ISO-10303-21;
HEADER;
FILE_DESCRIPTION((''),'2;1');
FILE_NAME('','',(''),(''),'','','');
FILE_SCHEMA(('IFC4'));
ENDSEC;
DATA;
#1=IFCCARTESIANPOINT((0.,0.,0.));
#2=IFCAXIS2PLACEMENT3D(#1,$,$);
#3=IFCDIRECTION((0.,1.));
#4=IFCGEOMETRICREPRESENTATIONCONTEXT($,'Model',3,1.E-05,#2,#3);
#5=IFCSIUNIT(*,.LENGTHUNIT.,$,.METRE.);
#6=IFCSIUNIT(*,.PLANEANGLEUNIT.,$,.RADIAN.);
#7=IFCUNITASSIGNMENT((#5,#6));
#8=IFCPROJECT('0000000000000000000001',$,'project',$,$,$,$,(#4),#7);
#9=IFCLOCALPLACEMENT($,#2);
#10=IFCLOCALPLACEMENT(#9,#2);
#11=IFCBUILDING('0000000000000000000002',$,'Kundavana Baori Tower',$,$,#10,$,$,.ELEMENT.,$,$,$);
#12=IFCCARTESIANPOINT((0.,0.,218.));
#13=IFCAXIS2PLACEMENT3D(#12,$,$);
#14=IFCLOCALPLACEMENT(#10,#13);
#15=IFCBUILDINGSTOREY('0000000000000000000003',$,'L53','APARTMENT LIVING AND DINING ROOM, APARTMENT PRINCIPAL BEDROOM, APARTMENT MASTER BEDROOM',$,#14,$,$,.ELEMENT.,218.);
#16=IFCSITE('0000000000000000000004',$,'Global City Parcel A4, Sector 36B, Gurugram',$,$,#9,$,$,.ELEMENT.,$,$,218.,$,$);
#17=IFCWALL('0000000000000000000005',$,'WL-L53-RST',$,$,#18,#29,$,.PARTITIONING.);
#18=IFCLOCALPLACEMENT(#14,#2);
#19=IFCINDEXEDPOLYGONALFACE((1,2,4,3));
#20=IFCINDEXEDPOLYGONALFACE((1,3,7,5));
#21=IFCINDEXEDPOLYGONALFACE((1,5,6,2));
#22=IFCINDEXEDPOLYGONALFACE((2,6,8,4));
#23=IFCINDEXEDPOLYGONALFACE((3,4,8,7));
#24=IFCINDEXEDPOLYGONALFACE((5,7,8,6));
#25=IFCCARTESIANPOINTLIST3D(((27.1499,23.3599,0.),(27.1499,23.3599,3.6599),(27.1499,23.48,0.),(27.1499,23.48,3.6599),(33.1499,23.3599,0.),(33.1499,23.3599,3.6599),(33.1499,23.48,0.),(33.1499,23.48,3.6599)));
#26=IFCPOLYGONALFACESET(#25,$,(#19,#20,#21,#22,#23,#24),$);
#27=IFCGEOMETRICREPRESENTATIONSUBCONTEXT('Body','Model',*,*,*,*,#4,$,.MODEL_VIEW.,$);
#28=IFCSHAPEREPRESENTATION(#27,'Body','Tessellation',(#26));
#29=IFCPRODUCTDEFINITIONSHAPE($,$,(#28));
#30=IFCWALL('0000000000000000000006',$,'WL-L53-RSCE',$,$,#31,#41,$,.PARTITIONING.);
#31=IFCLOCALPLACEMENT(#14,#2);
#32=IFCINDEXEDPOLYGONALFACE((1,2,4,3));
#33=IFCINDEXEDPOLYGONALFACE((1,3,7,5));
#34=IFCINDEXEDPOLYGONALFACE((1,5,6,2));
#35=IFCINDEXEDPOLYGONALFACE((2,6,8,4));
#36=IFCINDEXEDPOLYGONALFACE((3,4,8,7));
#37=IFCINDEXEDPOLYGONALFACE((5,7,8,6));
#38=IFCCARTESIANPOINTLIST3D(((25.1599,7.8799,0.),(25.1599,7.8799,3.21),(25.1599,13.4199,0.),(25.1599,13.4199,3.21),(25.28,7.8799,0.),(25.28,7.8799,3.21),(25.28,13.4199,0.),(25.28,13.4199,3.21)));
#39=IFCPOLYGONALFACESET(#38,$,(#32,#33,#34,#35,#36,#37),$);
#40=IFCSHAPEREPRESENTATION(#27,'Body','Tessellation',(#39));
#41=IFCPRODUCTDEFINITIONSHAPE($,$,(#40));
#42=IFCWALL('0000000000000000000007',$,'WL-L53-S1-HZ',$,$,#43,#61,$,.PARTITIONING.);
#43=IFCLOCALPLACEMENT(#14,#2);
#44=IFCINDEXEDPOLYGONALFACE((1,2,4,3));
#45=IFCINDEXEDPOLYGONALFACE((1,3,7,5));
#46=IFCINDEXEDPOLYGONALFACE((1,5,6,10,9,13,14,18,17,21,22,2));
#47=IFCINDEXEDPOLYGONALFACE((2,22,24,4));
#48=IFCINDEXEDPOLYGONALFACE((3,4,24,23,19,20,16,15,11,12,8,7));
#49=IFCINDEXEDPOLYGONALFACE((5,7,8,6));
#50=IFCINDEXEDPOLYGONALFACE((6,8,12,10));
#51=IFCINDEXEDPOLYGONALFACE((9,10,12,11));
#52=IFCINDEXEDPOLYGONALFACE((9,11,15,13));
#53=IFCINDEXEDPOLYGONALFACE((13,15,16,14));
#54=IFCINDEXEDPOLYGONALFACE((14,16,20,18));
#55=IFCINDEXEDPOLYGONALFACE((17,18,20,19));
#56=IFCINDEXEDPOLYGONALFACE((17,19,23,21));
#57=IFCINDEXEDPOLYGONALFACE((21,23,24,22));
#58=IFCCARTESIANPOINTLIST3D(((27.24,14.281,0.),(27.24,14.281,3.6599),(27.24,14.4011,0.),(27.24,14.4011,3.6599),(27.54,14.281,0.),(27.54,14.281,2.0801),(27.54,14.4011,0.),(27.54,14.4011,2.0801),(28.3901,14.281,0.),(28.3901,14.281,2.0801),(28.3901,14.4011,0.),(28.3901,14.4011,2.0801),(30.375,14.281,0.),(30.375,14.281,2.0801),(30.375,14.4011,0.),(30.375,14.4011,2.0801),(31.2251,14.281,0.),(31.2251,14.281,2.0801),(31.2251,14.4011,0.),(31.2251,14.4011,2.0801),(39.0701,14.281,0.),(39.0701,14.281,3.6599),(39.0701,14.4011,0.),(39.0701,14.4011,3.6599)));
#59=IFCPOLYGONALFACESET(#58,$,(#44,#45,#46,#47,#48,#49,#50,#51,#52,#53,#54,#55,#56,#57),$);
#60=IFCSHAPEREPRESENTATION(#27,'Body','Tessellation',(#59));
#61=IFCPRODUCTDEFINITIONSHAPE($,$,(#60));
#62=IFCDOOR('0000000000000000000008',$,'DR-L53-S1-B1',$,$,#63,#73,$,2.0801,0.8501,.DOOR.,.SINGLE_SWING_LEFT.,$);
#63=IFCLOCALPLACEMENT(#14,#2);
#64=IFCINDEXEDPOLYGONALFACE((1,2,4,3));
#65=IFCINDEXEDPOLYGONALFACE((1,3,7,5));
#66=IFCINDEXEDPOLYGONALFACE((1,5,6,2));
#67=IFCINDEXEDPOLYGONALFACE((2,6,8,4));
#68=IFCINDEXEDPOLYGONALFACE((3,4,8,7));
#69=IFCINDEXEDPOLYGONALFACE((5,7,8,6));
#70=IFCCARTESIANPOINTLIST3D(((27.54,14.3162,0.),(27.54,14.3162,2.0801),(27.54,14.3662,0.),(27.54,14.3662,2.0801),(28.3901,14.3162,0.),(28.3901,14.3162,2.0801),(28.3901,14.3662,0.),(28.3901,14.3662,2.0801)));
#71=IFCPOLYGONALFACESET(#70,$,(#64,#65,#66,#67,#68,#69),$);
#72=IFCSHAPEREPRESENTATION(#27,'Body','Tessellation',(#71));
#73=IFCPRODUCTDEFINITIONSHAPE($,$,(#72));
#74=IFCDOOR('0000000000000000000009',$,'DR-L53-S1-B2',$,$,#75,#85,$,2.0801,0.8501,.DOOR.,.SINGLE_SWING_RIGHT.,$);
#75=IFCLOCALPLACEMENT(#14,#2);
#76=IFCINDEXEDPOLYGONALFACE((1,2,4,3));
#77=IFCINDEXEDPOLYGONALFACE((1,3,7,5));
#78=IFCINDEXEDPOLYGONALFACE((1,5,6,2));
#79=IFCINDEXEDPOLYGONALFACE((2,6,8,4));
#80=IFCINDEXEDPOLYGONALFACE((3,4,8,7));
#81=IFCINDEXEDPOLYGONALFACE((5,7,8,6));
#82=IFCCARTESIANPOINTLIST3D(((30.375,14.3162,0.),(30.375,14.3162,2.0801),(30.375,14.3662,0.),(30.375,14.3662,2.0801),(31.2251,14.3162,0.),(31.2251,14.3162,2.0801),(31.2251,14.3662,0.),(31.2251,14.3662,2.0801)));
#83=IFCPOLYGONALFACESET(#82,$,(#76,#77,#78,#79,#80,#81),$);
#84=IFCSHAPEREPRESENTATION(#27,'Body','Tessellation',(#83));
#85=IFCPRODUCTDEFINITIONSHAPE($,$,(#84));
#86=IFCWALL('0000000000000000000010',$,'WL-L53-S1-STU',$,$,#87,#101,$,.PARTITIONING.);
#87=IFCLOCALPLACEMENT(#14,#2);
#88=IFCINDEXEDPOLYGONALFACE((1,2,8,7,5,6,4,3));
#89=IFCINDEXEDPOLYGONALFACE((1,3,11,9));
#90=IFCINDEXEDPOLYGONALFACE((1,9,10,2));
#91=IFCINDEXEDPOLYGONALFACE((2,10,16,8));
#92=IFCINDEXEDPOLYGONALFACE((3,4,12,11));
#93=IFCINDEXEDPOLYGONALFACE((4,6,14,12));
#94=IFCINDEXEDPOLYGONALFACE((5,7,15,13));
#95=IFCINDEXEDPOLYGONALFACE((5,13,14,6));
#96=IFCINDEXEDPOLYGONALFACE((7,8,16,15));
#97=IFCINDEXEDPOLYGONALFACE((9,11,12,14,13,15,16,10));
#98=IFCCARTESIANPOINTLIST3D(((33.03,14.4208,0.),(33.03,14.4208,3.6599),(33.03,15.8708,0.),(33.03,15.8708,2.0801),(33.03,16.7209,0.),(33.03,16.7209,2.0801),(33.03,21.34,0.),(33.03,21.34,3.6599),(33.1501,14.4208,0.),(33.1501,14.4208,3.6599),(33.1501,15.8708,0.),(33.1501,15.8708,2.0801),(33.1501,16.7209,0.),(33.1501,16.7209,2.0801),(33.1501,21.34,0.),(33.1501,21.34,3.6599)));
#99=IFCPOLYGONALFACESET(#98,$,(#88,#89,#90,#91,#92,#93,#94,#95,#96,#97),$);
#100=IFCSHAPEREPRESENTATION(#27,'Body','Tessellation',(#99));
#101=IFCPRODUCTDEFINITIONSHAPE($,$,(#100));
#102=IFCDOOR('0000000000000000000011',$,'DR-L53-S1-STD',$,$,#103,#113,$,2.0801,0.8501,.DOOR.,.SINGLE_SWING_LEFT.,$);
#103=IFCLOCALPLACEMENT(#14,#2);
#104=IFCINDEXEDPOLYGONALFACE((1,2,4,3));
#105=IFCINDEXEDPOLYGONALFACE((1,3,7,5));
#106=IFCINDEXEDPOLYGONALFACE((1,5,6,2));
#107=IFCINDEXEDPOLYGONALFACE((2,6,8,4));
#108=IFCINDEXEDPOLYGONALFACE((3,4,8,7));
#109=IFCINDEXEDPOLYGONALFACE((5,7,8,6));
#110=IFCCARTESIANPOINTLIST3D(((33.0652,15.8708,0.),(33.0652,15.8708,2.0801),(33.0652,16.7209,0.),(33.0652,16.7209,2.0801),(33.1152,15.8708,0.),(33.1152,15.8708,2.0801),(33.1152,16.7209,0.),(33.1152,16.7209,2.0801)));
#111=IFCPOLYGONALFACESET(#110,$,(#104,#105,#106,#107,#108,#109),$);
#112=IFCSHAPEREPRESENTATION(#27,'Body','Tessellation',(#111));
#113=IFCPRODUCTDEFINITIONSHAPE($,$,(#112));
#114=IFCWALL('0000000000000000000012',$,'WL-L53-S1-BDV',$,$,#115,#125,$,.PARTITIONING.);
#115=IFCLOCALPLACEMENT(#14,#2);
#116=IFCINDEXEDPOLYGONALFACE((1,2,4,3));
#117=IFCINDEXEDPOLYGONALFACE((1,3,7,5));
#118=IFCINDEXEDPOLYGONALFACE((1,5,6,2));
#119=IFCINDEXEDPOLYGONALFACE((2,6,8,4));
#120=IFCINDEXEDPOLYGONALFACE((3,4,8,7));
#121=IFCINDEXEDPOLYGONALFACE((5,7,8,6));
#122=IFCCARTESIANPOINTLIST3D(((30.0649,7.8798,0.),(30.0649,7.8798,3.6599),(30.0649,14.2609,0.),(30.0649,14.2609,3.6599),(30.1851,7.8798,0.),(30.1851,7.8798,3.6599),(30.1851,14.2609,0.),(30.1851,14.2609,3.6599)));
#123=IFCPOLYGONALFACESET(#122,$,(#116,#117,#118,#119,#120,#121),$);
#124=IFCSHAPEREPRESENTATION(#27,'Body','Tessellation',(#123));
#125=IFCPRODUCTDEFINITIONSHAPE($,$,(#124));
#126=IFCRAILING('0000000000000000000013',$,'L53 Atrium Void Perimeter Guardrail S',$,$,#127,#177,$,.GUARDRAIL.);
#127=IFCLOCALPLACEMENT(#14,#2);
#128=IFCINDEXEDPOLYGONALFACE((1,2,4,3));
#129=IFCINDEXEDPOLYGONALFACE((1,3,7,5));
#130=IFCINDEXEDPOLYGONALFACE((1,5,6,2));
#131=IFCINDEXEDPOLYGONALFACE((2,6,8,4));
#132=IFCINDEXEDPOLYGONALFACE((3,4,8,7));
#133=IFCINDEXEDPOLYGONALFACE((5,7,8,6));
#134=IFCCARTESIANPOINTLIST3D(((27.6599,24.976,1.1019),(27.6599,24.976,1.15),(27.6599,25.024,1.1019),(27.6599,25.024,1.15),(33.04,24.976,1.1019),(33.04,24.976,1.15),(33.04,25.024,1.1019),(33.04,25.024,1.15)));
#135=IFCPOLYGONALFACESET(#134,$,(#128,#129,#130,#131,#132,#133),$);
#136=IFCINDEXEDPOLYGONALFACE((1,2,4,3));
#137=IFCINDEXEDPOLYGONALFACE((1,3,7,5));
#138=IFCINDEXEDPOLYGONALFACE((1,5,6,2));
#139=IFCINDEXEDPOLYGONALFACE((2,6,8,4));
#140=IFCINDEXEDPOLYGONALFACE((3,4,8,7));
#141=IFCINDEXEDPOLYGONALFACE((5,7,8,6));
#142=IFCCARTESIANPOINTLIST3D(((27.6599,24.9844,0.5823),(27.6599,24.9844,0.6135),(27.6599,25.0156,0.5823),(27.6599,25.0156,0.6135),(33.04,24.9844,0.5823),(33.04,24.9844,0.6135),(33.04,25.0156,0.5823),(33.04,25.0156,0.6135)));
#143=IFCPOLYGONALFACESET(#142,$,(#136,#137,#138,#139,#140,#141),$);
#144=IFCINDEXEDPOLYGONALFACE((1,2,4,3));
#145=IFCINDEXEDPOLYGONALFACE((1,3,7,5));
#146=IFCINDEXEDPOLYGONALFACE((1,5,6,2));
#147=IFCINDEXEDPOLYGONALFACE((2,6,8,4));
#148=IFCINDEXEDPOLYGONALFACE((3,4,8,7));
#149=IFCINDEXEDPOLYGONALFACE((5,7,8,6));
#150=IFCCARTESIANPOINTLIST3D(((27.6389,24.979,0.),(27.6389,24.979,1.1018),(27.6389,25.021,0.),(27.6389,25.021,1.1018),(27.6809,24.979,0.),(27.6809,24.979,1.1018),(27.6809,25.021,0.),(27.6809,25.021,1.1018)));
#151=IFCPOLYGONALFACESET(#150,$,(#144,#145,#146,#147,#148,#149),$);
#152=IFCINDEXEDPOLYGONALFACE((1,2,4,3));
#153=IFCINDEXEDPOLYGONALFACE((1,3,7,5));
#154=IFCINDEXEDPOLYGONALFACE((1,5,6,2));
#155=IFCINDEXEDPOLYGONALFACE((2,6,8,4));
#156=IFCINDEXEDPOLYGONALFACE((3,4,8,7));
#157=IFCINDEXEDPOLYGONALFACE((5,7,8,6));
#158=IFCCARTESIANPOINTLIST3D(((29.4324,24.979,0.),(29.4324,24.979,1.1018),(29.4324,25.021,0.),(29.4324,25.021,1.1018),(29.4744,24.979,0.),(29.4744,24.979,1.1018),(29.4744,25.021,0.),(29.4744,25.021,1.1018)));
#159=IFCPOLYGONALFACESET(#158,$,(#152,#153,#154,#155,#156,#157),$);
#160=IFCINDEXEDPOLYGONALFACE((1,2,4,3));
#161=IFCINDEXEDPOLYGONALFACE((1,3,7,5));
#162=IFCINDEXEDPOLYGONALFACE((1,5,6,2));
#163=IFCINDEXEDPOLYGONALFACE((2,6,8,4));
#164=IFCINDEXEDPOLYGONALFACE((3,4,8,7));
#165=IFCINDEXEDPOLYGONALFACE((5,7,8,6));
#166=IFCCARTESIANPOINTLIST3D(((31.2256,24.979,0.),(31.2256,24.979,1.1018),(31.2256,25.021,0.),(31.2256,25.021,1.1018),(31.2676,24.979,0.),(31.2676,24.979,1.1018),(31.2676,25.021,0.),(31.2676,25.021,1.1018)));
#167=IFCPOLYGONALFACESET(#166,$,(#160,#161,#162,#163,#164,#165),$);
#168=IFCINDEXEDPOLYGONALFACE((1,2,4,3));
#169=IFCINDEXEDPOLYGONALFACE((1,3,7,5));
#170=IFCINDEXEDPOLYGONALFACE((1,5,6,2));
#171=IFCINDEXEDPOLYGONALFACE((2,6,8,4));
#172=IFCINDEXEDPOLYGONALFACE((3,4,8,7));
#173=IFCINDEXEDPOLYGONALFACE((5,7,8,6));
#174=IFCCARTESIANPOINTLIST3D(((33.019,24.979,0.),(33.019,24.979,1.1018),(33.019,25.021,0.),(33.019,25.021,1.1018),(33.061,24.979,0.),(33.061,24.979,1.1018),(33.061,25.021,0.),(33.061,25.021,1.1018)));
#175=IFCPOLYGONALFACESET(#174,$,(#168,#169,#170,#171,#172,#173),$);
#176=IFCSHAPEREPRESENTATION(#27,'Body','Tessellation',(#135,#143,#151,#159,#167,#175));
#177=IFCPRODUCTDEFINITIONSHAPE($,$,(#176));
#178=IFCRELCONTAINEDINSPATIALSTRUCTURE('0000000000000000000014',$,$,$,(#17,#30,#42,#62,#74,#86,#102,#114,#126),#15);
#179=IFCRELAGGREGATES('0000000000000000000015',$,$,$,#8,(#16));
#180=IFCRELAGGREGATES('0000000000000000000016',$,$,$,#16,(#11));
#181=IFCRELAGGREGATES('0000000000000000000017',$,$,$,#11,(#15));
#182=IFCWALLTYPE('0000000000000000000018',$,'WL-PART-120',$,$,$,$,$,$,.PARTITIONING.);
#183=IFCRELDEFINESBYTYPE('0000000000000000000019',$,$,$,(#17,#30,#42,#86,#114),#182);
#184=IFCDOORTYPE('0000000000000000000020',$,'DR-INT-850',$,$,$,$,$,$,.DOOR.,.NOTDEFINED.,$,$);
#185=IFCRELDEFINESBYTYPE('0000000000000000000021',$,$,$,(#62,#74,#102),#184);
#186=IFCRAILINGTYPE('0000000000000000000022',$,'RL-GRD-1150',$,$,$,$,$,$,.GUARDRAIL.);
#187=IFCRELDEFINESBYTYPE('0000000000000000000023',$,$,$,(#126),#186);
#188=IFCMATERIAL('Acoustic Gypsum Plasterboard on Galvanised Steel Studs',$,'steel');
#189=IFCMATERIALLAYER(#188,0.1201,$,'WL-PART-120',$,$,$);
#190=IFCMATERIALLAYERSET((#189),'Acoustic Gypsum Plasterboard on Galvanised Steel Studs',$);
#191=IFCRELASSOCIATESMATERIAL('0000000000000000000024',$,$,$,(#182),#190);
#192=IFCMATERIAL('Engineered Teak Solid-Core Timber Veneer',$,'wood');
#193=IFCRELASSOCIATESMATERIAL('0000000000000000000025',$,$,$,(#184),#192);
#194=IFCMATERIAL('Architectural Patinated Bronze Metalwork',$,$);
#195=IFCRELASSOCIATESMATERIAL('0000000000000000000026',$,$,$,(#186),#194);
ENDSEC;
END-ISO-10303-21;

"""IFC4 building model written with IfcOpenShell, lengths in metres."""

from ifc_helpers import new_model, si_unit, direction, frame, frame_2d, origin, origin_2d, place, context, subcontext, project, spatial, rectangle, extrude, material, layer, layer_set, type_object, element, fill, save


model = new_model("IFC4")

# Units and contexts
model_context = context("Model", 3, precision=1e-05, world=origin(), true_north=direction((0.0, 1.0)))
body_context = subcontext(model_context, "Body", "Model", "MODEL_VIEW")
ifc_project = project(units=[si_unit("LENGTHUNIT", "METRE"), si_unit("PLANEANGLEUNIT", "RADIAN")], contexts=[model_context])

# Site, building, storey
site_placement = place(None, origin())
site = spatial("IfcSite", under=ifc_project, at=site_placement, Name="Global City Parcel A4, Sector 36B, Gurugram", CompositionType="ELEMENT", RefElevation=218.0)
building_placement = place(site_placement, origin())
building = spatial("IfcBuilding", under=site, at=building_placement, Name="Kundavana Baori Tower", CompositionType="ELEMENT")
storey_placement = place(building_placement, frame((0.0, 0.0, 218.0)))
storey = spatial("IfcBuildingStorey", under=building, at=storey_placement, Name="L53", Description="APARTMENT LIVING AND DINING ROOM, APARTMENT PRINCIPAL BEDROOM, APARTMENT MASTER BEDROOM", CompositionType="ELEMENT", Elevation=218.0)

# Shared definitions
ifc_material_1 = material(Name="Acoustic Gypsum Plasterboard on Galvanised Steel Studs", Category="steel")
ifc_layer = layer(ifc_material_1, 0.1201, Name="WL-PART-120")
ifc_layer_set = layer_set([ifc_layer], Name="Acoustic Gypsum Plasterboard on Galvanised Steel Studs")
wall_type = type_object("IfcWallType", Name="WL-PART-120", PredefinedType="PARTITIONING", material=ifc_layer_set)

# Walls
wall_1_placement = place(storey_placement, frame((27.1499, 23.4199, 0.0), z_axis=(0.0, 0.0, 1.0), x_axis=(1.0, 0.0, 0.0)))
element("IfcWall", 1, at=wall_1_placement, inside=storey, type_object=wall_type, Name="WL-L53-RST", PredefinedType="PARTITIONING", context=body_context, shape_type="SweptSolid", body=[
    extrude(rectangle(XDim=6.0, YDim=0.1201, at=frame_2d((3.0, 0.0))), origin(), (0.0, 0.0, 1.0), 3.6599),
])
wall_2_placement = place(storey_placement, frame((25.22, 7.8799, 0.0), z_axis=(0.0, 0.0, 1.0), x_axis=(0.0, 1.0, 0.0)))
element("IfcWall", 2, at=wall_2_placement, inside=storey, type_object=wall_type, Name="WL-L53-RSCE", PredefinedType="PARTITIONING", context=body_context, shape_type="SweptSolid", body=[
    extrude(rectangle(XDim=5.54, YDim=0.1201, at=frame_2d((2.77, 0.0))), origin(), (0.0, 0.0, 1.0), 3.21),
])

# Wall, openings, doors
wall_3_placement = place(storey_placement, frame((27.24, 14.3411, 0.0), z_axis=(0.0, 0.0, 1.0), x_axis=(1.0, 0.0, 0.0)))
wall_3 = element("IfcWall", 3, at=wall_3_placement, inside=storey, type_object=wall_type, Name="WL-L53-S1-HZ", PredefinedType="PARTITIONING", context=body_context, shape_type="SweptSolid", body=[
    extrude(rectangle(XDim=11.8301, YDim=0.1201, at=frame_2d((5.915, 0.0))), origin(), (0.0, 0.0, 1.0), 3.6599),
])
opening_1_placement = place(wall_3_placement, frame((0.3, 0.0, 0.0)))
opening_1 = element("IfcOpeningElement", 4, at=opening_1_placement, cuts=wall_3, PredefinedType="OPENING", context=body_context, shape_type="SweptSolid", body=[
    extrude(rectangle(XDim=0.8501, YDim=2.0801, at=frame_2d((0.425, 1.04))), frame((0.0, 0.0701, 0.0), z_axis=(0.0, -1.0, 0.0), x_axis=(1.0, 0.0, 0.0)), (0.0, 0.0, 1.0), 0.1401),
])
opening_2_placement = place(wall_3_placement, frame((3.135, 0.0, 0.0)))
opening_2 = element("IfcOpeningElement", 5, at=opening_2_placement, cuts=wall_3, PredefinedType="OPENING", context=body_context, shape_type="SweptSolid", body=[
    extrude(rectangle(XDim=0.8501, YDim=2.0801, at=frame_2d((0.425, 1.04))), frame((0.0, 0.0701, 0.0), z_axis=(0.0, -1.0, 0.0), x_axis=(1.0, 0.0, 0.0)), (0.0, 0.0, 1.0), 0.1401),
])
ifc_material_2 = material(Name="Engineered Teak Solid-Core Timber Veneer", Category="wood")
door_type_1 = type_object("IfcDoorType", Name="DR-INT-850", OperationType="NOTDEFINED", PredefinedType="DOOR", material=ifc_material_2)
door_1_placement = place(opening_1_placement, frame((0.8501, 0.0, 0.0), z_axis=(0.0, 0.0, 1.0), x_axis=(-1.0, 0.0, 0.0)))
door_1 = element("IfcDoor", 6, at=door_1_placement, inside=storey, type_object=door_type_1, Name="DR-L53-S1-B1", OperationType="SINGLE_SWING_LEFT", OverallHeight=2.0801, OverallWidth=0.8501, PredefinedType="DOOR", context=body_context, shape_type="SweptSolid", body=[
    extrude(rectangle(XDim=0.8501, YDim=2.0801, at=frame_2d((0.425, 1.04))), frame((0.0, 0.0249, 0.0), z_axis=(0.0, -1.0, 0.0), x_axis=(1.0, 0.0, 0.0)), (0.0, 0.0, 1.0), 0.05),
])
fill(opening_1, door_1)
door_2_placement = place(opening_2_placement, frame((0.8501, 0.0, 0.0), z_axis=(0.0, 0.0, 1.0), x_axis=(-1.0, 0.0, 0.0)))
door_2 = element("IfcDoor", 7, at=door_2_placement, inside=storey, type_object=door_type_1, Name="DR-L53-S1-B2", OperationType="SINGLE_SWING_RIGHT", OverallHeight=2.0801, OverallWidth=0.8501, PredefinedType="DOOR", context=body_context, shape_type="SweptSolid", body=[
    extrude(rectangle(XDim=0.8501, YDim=2.0801, at=frame_2d((0.425, 1.04))), frame((0.0, 0.0249, 0.0), z_axis=(0.0, -1.0, 0.0), x_axis=(1.0, 0.0, 0.0)), (0.0, 0.0, 1.0), 0.05),
])
fill(opening_2, door_2)

# Wall, opening, door
wall_4_placement = place(storey_placement, frame((33.0901, 14.4209, 0.0), z_axis=(0.0, 0.0, 1.0), x_axis=(0.0, 1.0, 0.0)))
wall_4 = element("IfcWall", 8, at=wall_4_placement, inside=storey, type_object=wall_type, Name="WL-L53-S1-STU", PredefinedType="PARTITIONING", context=body_context, shape_type="SweptSolid", body=[
    extrude(rectangle(XDim=6.9192, YDim=0.1201, at=frame_2d((3.4595, 0.0))), origin(), (0.0, 0.0, 1.0), 3.6599),
])
opening_3_placement = place(wall_4_placement, frame((1.45, 0.0, 0.0)))
opening_3 = element("IfcOpeningElement", 9, at=opening_3_placement, cuts=wall_4, PredefinedType="OPENING", context=body_context, shape_type="SweptSolid", body=[
    extrude(rectangle(XDim=0.8501, YDim=2.0801, at=frame_2d((0.425, 1.04))), frame((0.0, 0.0701, 0.0), z_axis=(0.0, -1.0, 0.0), x_axis=(1.0, 0.0, 0.0)), (0.0, 0.0, 1.0), 0.1401),
])
door_3_placement = place(opening_3_placement, origin())
door_3 = element("IfcDoor", 10, at=door_3_placement, inside=storey, type_object=door_type_1, Name="DR-L53-S1-STD", OperationType="SINGLE_SWING_LEFT", OverallHeight=2.0801, OverallWidth=0.8501, PredefinedType="DOOR", context=body_context, shape_type="SweptSolid", body=[
    extrude(rectangle(XDim=0.8501, YDim=2.0801, at=frame_2d((0.425, 1.04))), frame((0.0, 0.0249, 0.0), z_axis=(0.0, -1.0, 0.0), x_axis=(1.0, 0.0, 0.0)), (0.0, 0.0, 1.0), 0.05),
])
fill(opening_3, door_3)

# Wall
wall_5_placement = place(storey_placement, frame((30.125, 7.8799, 0.0), z_axis=(0.0, 0.0, 1.0), x_axis=(0.0, 1.0, 0.0)))
element("IfcWall", 11, at=wall_5_placement, inside=storey, type_object=wall_type, Name="WL-L53-S1-BDV", PredefinedType="PARTITIONING", context=body_context, shape_type="SweptSolid", body=[
    extrude(rectangle(XDim=6.3811, YDim=0.1201, at=frame_2d((3.1904, 0.0))), origin(), (0.0, 0.0, 1.0), 3.6599),
])

# Railing
ifc_material_3 = material(Name="Architectural Patinated Bronze Metalwork")
railing_type = type_object("IfcRailingType", Name="RL-GRD-1150", PredefinedType="GUARDRAIL", material=ifc_material_3)
railing_1_placement = place(storey_placement, frame((27.6599, 25.0, 0.0)))
element("IfcRailing", 12, at=railing_1_placement, inside=storey, type_object=railing_type, Name="L53 Atrium Void Perimeter Guardrail S", PredefinedType="GUARDRAIL", context=body_context, shape_type="SweptSolid", body=[
    extrude(rectangle(XDim=0.0481, YDim=0.0481, at=origin_2d()), frame((0.0, 0.0, 1.126), z_axis=(1.0, 0.0, 0.0), x_axis=(0.0, 1.0, 0.0)), (0.0, 0.0, 1.0), 5.3801),
    extrude(rectangle(XDim=0.0312, YDim=0.0312, at=origin_2d()), frame((0.0, 0.0, 0.5979), z_axis=(1.0, 0.0, 0.0), x_axis=(0.0, 1.0, 0.0)), (0.0, 0.0, 1.0), 5.3801),
    extrude(rectangle(XDim=0.042, YDim=0.042, at=origin_2d()), origin(), (0.0, 0.0, 1.0), 1.1018),
    extrude(rectangle(XDim=0.042, YDim=0.042, at=origin_2d()), frame((1.7935, 0.0, 0.0)), (0.0, 0.0, 1.0), 1.1018),
    extrude(rectangle(XDim=0.042, YDim=0.042, at=origin_2d()), frame((3.5867, 0.0, 0.0)), (0.0, 0.0, 1.0), 1.1018),
    extrude(rectangle(XDim=0.042, YDim=0.042, at=origin_2d()), frame((5.3801, 0.0, 0.0)), (0.0, 0.0, 1.0), 1.1018),
])

save(model, "model.ifc")
